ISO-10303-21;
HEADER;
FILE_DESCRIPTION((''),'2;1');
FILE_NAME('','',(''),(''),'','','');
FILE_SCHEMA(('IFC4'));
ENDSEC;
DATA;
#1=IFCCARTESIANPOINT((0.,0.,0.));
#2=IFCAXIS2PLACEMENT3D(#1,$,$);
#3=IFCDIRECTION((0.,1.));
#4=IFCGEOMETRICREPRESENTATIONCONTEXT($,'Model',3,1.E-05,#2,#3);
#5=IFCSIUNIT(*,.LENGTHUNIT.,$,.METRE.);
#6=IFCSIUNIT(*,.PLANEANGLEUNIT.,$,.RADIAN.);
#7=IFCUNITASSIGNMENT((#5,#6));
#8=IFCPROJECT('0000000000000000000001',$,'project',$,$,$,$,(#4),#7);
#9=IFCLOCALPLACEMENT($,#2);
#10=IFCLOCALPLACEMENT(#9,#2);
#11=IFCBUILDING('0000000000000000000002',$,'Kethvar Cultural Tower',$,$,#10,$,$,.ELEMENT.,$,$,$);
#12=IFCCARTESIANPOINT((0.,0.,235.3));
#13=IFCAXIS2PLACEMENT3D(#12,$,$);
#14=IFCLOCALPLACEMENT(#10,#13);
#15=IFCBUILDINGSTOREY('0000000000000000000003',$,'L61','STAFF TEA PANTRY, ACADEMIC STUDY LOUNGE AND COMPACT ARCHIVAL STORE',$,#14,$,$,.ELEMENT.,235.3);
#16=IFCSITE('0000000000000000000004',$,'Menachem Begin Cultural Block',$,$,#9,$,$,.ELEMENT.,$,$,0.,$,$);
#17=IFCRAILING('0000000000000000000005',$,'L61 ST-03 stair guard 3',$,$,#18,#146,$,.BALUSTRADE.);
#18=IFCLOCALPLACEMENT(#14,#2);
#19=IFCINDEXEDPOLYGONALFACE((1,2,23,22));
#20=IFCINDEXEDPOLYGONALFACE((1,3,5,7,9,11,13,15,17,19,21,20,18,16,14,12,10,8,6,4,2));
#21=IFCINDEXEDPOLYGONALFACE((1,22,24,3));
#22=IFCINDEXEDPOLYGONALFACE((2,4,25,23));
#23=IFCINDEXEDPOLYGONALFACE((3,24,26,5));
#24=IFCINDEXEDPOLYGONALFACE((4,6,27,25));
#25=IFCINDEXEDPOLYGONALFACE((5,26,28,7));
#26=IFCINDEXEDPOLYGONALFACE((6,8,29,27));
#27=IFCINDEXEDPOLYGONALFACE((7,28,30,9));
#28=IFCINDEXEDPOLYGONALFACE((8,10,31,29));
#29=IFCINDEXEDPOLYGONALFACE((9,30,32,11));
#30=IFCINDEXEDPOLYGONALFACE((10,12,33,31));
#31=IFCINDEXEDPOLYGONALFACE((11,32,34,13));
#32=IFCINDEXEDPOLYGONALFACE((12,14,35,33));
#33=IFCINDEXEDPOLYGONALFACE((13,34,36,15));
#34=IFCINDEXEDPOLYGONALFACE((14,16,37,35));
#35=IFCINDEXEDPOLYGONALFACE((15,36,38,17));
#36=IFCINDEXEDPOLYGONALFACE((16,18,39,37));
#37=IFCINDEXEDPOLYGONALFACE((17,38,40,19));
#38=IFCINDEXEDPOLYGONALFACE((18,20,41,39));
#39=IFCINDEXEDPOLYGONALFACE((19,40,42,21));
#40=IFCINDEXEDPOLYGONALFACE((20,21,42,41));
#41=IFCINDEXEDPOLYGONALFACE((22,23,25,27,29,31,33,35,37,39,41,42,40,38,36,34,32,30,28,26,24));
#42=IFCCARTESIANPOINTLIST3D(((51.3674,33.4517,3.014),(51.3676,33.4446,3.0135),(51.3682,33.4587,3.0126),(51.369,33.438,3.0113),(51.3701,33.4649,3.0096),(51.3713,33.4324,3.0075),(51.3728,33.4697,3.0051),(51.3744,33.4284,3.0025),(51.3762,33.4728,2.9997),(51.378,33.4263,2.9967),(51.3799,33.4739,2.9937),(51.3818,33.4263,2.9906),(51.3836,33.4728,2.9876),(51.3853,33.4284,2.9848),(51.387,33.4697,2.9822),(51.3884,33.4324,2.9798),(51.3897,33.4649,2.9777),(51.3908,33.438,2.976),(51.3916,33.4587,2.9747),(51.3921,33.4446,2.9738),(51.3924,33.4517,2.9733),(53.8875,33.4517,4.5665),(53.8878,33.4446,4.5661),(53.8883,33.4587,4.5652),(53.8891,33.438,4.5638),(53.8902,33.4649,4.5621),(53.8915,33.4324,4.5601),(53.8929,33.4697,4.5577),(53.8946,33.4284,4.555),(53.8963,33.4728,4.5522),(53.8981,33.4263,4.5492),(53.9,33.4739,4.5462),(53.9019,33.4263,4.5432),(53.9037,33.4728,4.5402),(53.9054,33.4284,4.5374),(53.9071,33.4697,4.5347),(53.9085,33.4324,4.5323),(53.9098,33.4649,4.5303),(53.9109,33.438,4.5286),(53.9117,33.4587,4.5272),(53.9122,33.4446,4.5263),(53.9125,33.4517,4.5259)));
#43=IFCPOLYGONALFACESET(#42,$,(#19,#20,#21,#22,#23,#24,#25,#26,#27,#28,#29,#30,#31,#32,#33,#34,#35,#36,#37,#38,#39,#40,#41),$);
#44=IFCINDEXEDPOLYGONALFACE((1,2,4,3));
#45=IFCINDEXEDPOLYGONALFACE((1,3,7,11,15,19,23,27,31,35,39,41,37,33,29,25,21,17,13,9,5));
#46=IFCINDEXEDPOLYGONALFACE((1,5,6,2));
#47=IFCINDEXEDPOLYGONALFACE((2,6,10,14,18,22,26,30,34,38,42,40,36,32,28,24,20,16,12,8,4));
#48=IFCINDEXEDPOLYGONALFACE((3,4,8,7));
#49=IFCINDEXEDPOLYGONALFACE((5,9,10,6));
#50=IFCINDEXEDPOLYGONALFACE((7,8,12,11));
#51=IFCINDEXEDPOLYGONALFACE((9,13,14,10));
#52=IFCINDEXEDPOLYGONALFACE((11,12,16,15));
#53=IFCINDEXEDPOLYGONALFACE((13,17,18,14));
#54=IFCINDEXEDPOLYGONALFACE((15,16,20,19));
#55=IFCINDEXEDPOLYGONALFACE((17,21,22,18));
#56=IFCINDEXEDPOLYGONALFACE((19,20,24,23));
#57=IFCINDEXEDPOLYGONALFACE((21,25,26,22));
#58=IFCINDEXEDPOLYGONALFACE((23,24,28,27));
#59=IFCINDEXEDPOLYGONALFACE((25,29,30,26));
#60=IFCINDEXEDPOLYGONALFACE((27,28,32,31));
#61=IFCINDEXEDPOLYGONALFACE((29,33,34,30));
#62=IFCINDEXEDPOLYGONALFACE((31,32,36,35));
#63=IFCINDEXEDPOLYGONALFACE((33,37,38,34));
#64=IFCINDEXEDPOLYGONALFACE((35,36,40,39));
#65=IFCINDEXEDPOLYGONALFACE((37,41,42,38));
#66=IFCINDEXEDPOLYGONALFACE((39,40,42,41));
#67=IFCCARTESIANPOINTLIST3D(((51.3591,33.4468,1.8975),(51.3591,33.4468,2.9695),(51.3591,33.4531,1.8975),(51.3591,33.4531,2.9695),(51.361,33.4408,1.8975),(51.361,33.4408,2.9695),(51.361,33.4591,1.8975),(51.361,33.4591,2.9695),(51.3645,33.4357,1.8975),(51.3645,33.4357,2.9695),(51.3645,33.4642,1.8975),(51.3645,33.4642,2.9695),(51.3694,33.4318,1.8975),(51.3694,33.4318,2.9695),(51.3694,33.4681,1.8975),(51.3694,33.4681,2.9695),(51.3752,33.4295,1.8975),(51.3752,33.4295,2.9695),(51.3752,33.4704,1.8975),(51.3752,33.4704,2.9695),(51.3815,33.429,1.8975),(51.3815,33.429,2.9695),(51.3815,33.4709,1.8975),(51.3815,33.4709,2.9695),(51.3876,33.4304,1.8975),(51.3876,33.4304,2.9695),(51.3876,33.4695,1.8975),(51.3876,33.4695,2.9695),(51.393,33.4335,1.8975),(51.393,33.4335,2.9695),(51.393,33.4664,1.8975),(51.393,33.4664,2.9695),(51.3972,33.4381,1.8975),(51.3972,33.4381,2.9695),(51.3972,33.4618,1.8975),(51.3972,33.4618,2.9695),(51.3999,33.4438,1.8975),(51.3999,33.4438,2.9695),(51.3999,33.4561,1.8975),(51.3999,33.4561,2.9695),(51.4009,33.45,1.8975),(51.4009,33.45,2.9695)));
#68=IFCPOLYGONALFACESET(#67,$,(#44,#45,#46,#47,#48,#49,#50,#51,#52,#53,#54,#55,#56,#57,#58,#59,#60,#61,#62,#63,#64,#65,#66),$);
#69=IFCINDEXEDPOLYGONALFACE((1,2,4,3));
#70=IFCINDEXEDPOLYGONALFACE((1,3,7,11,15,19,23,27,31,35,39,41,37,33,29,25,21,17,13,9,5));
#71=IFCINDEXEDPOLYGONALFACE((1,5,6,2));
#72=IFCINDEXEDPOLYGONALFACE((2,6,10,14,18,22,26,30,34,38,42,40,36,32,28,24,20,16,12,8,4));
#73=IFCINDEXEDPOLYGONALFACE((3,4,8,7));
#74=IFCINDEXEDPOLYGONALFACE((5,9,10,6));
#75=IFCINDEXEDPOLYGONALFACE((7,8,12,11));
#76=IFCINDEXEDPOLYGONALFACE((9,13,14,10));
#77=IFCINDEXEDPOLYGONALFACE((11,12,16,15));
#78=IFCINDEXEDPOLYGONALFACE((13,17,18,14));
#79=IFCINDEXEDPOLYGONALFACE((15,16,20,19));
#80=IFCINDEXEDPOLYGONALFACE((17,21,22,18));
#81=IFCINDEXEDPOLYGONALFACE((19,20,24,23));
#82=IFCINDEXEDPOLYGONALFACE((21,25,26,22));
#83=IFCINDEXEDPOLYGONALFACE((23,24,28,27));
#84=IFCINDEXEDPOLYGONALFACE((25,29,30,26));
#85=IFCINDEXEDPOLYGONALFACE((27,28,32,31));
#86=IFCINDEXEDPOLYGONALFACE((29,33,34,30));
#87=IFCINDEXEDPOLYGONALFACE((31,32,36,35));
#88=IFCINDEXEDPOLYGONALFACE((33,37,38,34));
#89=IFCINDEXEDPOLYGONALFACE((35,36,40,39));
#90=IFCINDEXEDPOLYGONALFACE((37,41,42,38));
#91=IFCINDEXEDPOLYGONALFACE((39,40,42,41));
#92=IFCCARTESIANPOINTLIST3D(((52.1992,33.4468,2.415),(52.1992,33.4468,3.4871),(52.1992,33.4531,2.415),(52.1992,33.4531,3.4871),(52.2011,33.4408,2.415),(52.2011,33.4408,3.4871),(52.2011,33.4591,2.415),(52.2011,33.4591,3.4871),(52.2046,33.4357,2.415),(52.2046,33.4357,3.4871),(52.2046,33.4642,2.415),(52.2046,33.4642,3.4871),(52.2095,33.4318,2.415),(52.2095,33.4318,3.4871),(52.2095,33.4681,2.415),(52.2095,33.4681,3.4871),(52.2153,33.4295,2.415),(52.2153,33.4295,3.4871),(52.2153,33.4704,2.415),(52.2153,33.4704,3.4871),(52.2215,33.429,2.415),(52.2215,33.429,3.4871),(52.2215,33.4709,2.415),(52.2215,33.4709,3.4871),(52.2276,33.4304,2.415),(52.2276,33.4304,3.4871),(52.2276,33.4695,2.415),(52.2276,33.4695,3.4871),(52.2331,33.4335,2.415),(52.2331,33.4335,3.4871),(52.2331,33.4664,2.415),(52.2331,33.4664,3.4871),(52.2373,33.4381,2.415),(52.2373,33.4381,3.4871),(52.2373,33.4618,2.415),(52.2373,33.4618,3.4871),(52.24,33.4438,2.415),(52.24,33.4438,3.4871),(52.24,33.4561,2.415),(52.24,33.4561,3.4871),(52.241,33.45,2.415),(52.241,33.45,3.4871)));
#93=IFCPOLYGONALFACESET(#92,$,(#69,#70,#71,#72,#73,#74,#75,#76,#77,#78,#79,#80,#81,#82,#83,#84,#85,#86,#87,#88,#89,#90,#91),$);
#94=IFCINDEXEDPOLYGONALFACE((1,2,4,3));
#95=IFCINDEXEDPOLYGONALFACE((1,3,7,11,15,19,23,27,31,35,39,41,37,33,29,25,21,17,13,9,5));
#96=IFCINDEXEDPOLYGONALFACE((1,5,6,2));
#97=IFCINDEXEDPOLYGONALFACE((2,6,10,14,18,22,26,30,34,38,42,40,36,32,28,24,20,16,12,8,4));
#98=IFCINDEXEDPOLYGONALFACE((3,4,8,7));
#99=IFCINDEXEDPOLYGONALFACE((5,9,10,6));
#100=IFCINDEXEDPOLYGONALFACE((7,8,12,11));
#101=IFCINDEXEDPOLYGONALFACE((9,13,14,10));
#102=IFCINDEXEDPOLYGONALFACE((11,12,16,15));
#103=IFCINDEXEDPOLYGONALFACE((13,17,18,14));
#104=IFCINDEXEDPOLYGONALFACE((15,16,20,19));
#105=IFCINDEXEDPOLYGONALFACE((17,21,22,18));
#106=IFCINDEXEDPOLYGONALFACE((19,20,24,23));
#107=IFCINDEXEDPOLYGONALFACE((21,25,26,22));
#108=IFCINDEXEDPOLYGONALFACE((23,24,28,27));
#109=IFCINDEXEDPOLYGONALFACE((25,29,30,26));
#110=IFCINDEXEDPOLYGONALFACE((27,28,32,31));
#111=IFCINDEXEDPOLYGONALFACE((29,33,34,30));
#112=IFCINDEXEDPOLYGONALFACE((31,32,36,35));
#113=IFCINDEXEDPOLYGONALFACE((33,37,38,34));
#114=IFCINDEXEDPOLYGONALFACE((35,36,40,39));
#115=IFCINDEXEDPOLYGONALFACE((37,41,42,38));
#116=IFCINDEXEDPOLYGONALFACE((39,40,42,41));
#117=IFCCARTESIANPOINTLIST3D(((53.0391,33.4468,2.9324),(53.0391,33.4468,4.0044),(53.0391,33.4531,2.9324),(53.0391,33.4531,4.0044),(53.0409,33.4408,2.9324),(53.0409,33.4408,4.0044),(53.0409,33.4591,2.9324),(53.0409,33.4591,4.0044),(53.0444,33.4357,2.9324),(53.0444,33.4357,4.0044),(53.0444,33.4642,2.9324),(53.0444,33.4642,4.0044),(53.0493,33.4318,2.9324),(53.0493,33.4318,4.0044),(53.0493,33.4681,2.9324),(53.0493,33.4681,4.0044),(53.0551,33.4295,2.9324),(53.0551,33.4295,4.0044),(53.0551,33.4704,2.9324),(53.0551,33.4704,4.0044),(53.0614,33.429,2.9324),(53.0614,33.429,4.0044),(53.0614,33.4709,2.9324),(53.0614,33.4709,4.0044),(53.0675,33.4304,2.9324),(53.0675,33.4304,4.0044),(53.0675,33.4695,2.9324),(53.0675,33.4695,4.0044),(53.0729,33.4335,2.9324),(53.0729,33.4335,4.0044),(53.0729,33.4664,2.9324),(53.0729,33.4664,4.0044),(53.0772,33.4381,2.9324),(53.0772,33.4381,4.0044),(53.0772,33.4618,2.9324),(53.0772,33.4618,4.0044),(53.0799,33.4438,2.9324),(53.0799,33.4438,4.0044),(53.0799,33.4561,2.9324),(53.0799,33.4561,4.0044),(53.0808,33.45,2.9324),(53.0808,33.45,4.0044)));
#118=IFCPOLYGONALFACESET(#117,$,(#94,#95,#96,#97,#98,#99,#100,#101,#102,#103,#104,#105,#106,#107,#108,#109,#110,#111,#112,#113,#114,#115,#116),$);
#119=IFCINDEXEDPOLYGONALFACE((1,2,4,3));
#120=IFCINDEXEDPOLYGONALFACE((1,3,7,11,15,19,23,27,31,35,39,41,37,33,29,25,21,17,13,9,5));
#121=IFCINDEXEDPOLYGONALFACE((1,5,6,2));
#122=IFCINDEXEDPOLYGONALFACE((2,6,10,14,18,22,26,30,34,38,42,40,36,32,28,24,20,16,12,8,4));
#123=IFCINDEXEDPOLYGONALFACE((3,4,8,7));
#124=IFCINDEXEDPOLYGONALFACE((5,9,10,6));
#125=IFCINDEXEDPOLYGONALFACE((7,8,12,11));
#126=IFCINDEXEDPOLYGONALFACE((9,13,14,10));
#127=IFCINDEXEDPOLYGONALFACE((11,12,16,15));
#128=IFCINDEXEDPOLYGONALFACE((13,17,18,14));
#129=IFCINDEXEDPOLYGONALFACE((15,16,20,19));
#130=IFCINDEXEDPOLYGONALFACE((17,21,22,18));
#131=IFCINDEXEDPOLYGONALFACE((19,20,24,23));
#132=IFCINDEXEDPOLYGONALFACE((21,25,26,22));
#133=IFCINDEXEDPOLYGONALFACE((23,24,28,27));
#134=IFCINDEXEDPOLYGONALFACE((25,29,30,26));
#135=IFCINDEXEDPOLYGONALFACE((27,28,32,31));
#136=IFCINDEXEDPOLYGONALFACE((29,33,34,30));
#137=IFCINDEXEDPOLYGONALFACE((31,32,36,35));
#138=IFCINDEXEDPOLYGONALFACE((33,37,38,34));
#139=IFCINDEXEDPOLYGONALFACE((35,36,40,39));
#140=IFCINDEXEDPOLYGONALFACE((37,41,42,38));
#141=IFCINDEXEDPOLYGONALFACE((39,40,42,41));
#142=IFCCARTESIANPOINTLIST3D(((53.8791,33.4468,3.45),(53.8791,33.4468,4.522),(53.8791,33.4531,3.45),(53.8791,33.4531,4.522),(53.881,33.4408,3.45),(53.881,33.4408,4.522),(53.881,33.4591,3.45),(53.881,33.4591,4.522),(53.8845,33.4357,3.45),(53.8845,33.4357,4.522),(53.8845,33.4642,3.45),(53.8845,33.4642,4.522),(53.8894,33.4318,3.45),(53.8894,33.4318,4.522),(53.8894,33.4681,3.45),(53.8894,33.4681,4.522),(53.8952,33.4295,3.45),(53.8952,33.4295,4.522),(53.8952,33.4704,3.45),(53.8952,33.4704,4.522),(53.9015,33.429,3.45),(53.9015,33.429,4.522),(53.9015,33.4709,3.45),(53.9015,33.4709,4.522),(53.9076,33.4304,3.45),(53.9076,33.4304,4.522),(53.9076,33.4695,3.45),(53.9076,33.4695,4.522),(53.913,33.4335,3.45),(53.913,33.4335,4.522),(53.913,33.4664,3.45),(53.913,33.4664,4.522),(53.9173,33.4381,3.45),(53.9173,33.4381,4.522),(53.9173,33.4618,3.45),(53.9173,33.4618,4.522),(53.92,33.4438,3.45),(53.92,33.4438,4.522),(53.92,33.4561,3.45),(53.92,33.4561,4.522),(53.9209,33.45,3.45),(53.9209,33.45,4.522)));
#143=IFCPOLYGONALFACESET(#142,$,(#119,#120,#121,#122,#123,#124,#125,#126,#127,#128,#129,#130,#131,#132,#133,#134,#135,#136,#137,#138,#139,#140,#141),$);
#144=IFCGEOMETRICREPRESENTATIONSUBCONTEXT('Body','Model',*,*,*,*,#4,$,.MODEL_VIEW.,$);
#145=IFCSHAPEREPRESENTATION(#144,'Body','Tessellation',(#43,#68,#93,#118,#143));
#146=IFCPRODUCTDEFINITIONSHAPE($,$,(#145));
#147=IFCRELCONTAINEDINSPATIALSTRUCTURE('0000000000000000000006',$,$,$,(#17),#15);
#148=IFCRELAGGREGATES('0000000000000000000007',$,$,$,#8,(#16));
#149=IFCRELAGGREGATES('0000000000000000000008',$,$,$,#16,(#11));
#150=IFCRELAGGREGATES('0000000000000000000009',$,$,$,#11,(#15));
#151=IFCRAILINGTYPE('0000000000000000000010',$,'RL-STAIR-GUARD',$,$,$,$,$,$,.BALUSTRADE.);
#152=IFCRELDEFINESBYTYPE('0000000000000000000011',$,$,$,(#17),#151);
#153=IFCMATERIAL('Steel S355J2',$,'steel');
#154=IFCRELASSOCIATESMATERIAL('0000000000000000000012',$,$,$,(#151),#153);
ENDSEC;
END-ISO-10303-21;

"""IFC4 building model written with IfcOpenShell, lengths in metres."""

from ifc_helpers import new_model, si_unit, direction, frame, origin, origin_2d, place, context, subcontext, project, spatial, circle, extrude, material, type_object, element, save


model = new_model("IFC4")

# Units and contexts
model_context = context("Model", 3, precision=1e-05, world=origin(), true_north=direction((0.0, 1.0)))
body_context = subcontext(model_context, "Body", "Model", "MODEL_VIEW")
ifc_project = project(units=[si_unit("LENGTHUNIT", "METRE"), si_unit("PLANEANGLEUNIT", "RADIAN")], contexts=[model_context])

# Site, building, storey
site_placement = place(None, origin())
site = spatial("IfcSite", under=ifc_project, at=site_placement, Name="Menachem Begin Cultural Block", CompositionType="ELEMENT", RefElevation=0.0)
building_placement = place(site_placement, origin())
building = spatial("IfcBuilding", under=site, at=building_placement, Name="Kethvar Cultural Tower", CompositionType="ELEMENT")
storey_placement = place(building_placement, frame((0.0, 0.0, 235.3)))
storey = spatial("IfcBuildingStorey", under=building, at=storey_placement, Name="L61", Description="STAFF TEA PANTRY, ACADEMIC STUDY LOUNGE AND COMPACT ARCHIVAL STORE", CompositionType="ELEMENT", Elevation=235.3)

# Shared definitions
ifc_material_1 = material(Name="Steel S355J2", Category="steel")

# Railing
railing_type_1 = type_object("IfcRailingType", Name="RL-STAIR-GUARD", PredefinedType="BALUSTRADE", material=ifc_material_1)
railing_1_placement = place(storey_placement, frame((51.3799, 33.45, 1.8975)))
element("IfcRailing", 1, at=railing_1_placement, inside=storey, type_object=railing_type_1, Name="L61 ST-03 stair guard 3", PredefinedType="BALUSTRADE", context=body_context, shape_type="SweptSolid", body=[
    extrude(circle(Radius=0.0239, at=origin_2d()), frame((0.0, 0.0, 1.0962), z_axis=(0.8514, 0.0, 0.524516), x_axis=(0.0, 1.0, 0.0)), (0.0, 0.0, 1.0), 2.96),
    extrude(circle(Radius=0.021, at=origin_2d()), origin(), (0.0, 0.0, 1.0), 1.072),
    extrude(circle(Radius=0.021, at=origin_2d()), frame((0.8401, 0.0, 0.5176)), (0.0, 0.0, 1.0), 1.072),
    extrude(circle(Radius=0.021, at=origin_2d()), frame((1.6799, 0.0, 1.0349)), (0.0, 0.0, 1.0), 1.072),
    extrude(circle(Radius=0.021, at=origin_2d()), frame((2.52, 0.0, 1.5525)), (0.0, 0.0, 1.0), 1.072),
])

save(model, "model.ifc")
